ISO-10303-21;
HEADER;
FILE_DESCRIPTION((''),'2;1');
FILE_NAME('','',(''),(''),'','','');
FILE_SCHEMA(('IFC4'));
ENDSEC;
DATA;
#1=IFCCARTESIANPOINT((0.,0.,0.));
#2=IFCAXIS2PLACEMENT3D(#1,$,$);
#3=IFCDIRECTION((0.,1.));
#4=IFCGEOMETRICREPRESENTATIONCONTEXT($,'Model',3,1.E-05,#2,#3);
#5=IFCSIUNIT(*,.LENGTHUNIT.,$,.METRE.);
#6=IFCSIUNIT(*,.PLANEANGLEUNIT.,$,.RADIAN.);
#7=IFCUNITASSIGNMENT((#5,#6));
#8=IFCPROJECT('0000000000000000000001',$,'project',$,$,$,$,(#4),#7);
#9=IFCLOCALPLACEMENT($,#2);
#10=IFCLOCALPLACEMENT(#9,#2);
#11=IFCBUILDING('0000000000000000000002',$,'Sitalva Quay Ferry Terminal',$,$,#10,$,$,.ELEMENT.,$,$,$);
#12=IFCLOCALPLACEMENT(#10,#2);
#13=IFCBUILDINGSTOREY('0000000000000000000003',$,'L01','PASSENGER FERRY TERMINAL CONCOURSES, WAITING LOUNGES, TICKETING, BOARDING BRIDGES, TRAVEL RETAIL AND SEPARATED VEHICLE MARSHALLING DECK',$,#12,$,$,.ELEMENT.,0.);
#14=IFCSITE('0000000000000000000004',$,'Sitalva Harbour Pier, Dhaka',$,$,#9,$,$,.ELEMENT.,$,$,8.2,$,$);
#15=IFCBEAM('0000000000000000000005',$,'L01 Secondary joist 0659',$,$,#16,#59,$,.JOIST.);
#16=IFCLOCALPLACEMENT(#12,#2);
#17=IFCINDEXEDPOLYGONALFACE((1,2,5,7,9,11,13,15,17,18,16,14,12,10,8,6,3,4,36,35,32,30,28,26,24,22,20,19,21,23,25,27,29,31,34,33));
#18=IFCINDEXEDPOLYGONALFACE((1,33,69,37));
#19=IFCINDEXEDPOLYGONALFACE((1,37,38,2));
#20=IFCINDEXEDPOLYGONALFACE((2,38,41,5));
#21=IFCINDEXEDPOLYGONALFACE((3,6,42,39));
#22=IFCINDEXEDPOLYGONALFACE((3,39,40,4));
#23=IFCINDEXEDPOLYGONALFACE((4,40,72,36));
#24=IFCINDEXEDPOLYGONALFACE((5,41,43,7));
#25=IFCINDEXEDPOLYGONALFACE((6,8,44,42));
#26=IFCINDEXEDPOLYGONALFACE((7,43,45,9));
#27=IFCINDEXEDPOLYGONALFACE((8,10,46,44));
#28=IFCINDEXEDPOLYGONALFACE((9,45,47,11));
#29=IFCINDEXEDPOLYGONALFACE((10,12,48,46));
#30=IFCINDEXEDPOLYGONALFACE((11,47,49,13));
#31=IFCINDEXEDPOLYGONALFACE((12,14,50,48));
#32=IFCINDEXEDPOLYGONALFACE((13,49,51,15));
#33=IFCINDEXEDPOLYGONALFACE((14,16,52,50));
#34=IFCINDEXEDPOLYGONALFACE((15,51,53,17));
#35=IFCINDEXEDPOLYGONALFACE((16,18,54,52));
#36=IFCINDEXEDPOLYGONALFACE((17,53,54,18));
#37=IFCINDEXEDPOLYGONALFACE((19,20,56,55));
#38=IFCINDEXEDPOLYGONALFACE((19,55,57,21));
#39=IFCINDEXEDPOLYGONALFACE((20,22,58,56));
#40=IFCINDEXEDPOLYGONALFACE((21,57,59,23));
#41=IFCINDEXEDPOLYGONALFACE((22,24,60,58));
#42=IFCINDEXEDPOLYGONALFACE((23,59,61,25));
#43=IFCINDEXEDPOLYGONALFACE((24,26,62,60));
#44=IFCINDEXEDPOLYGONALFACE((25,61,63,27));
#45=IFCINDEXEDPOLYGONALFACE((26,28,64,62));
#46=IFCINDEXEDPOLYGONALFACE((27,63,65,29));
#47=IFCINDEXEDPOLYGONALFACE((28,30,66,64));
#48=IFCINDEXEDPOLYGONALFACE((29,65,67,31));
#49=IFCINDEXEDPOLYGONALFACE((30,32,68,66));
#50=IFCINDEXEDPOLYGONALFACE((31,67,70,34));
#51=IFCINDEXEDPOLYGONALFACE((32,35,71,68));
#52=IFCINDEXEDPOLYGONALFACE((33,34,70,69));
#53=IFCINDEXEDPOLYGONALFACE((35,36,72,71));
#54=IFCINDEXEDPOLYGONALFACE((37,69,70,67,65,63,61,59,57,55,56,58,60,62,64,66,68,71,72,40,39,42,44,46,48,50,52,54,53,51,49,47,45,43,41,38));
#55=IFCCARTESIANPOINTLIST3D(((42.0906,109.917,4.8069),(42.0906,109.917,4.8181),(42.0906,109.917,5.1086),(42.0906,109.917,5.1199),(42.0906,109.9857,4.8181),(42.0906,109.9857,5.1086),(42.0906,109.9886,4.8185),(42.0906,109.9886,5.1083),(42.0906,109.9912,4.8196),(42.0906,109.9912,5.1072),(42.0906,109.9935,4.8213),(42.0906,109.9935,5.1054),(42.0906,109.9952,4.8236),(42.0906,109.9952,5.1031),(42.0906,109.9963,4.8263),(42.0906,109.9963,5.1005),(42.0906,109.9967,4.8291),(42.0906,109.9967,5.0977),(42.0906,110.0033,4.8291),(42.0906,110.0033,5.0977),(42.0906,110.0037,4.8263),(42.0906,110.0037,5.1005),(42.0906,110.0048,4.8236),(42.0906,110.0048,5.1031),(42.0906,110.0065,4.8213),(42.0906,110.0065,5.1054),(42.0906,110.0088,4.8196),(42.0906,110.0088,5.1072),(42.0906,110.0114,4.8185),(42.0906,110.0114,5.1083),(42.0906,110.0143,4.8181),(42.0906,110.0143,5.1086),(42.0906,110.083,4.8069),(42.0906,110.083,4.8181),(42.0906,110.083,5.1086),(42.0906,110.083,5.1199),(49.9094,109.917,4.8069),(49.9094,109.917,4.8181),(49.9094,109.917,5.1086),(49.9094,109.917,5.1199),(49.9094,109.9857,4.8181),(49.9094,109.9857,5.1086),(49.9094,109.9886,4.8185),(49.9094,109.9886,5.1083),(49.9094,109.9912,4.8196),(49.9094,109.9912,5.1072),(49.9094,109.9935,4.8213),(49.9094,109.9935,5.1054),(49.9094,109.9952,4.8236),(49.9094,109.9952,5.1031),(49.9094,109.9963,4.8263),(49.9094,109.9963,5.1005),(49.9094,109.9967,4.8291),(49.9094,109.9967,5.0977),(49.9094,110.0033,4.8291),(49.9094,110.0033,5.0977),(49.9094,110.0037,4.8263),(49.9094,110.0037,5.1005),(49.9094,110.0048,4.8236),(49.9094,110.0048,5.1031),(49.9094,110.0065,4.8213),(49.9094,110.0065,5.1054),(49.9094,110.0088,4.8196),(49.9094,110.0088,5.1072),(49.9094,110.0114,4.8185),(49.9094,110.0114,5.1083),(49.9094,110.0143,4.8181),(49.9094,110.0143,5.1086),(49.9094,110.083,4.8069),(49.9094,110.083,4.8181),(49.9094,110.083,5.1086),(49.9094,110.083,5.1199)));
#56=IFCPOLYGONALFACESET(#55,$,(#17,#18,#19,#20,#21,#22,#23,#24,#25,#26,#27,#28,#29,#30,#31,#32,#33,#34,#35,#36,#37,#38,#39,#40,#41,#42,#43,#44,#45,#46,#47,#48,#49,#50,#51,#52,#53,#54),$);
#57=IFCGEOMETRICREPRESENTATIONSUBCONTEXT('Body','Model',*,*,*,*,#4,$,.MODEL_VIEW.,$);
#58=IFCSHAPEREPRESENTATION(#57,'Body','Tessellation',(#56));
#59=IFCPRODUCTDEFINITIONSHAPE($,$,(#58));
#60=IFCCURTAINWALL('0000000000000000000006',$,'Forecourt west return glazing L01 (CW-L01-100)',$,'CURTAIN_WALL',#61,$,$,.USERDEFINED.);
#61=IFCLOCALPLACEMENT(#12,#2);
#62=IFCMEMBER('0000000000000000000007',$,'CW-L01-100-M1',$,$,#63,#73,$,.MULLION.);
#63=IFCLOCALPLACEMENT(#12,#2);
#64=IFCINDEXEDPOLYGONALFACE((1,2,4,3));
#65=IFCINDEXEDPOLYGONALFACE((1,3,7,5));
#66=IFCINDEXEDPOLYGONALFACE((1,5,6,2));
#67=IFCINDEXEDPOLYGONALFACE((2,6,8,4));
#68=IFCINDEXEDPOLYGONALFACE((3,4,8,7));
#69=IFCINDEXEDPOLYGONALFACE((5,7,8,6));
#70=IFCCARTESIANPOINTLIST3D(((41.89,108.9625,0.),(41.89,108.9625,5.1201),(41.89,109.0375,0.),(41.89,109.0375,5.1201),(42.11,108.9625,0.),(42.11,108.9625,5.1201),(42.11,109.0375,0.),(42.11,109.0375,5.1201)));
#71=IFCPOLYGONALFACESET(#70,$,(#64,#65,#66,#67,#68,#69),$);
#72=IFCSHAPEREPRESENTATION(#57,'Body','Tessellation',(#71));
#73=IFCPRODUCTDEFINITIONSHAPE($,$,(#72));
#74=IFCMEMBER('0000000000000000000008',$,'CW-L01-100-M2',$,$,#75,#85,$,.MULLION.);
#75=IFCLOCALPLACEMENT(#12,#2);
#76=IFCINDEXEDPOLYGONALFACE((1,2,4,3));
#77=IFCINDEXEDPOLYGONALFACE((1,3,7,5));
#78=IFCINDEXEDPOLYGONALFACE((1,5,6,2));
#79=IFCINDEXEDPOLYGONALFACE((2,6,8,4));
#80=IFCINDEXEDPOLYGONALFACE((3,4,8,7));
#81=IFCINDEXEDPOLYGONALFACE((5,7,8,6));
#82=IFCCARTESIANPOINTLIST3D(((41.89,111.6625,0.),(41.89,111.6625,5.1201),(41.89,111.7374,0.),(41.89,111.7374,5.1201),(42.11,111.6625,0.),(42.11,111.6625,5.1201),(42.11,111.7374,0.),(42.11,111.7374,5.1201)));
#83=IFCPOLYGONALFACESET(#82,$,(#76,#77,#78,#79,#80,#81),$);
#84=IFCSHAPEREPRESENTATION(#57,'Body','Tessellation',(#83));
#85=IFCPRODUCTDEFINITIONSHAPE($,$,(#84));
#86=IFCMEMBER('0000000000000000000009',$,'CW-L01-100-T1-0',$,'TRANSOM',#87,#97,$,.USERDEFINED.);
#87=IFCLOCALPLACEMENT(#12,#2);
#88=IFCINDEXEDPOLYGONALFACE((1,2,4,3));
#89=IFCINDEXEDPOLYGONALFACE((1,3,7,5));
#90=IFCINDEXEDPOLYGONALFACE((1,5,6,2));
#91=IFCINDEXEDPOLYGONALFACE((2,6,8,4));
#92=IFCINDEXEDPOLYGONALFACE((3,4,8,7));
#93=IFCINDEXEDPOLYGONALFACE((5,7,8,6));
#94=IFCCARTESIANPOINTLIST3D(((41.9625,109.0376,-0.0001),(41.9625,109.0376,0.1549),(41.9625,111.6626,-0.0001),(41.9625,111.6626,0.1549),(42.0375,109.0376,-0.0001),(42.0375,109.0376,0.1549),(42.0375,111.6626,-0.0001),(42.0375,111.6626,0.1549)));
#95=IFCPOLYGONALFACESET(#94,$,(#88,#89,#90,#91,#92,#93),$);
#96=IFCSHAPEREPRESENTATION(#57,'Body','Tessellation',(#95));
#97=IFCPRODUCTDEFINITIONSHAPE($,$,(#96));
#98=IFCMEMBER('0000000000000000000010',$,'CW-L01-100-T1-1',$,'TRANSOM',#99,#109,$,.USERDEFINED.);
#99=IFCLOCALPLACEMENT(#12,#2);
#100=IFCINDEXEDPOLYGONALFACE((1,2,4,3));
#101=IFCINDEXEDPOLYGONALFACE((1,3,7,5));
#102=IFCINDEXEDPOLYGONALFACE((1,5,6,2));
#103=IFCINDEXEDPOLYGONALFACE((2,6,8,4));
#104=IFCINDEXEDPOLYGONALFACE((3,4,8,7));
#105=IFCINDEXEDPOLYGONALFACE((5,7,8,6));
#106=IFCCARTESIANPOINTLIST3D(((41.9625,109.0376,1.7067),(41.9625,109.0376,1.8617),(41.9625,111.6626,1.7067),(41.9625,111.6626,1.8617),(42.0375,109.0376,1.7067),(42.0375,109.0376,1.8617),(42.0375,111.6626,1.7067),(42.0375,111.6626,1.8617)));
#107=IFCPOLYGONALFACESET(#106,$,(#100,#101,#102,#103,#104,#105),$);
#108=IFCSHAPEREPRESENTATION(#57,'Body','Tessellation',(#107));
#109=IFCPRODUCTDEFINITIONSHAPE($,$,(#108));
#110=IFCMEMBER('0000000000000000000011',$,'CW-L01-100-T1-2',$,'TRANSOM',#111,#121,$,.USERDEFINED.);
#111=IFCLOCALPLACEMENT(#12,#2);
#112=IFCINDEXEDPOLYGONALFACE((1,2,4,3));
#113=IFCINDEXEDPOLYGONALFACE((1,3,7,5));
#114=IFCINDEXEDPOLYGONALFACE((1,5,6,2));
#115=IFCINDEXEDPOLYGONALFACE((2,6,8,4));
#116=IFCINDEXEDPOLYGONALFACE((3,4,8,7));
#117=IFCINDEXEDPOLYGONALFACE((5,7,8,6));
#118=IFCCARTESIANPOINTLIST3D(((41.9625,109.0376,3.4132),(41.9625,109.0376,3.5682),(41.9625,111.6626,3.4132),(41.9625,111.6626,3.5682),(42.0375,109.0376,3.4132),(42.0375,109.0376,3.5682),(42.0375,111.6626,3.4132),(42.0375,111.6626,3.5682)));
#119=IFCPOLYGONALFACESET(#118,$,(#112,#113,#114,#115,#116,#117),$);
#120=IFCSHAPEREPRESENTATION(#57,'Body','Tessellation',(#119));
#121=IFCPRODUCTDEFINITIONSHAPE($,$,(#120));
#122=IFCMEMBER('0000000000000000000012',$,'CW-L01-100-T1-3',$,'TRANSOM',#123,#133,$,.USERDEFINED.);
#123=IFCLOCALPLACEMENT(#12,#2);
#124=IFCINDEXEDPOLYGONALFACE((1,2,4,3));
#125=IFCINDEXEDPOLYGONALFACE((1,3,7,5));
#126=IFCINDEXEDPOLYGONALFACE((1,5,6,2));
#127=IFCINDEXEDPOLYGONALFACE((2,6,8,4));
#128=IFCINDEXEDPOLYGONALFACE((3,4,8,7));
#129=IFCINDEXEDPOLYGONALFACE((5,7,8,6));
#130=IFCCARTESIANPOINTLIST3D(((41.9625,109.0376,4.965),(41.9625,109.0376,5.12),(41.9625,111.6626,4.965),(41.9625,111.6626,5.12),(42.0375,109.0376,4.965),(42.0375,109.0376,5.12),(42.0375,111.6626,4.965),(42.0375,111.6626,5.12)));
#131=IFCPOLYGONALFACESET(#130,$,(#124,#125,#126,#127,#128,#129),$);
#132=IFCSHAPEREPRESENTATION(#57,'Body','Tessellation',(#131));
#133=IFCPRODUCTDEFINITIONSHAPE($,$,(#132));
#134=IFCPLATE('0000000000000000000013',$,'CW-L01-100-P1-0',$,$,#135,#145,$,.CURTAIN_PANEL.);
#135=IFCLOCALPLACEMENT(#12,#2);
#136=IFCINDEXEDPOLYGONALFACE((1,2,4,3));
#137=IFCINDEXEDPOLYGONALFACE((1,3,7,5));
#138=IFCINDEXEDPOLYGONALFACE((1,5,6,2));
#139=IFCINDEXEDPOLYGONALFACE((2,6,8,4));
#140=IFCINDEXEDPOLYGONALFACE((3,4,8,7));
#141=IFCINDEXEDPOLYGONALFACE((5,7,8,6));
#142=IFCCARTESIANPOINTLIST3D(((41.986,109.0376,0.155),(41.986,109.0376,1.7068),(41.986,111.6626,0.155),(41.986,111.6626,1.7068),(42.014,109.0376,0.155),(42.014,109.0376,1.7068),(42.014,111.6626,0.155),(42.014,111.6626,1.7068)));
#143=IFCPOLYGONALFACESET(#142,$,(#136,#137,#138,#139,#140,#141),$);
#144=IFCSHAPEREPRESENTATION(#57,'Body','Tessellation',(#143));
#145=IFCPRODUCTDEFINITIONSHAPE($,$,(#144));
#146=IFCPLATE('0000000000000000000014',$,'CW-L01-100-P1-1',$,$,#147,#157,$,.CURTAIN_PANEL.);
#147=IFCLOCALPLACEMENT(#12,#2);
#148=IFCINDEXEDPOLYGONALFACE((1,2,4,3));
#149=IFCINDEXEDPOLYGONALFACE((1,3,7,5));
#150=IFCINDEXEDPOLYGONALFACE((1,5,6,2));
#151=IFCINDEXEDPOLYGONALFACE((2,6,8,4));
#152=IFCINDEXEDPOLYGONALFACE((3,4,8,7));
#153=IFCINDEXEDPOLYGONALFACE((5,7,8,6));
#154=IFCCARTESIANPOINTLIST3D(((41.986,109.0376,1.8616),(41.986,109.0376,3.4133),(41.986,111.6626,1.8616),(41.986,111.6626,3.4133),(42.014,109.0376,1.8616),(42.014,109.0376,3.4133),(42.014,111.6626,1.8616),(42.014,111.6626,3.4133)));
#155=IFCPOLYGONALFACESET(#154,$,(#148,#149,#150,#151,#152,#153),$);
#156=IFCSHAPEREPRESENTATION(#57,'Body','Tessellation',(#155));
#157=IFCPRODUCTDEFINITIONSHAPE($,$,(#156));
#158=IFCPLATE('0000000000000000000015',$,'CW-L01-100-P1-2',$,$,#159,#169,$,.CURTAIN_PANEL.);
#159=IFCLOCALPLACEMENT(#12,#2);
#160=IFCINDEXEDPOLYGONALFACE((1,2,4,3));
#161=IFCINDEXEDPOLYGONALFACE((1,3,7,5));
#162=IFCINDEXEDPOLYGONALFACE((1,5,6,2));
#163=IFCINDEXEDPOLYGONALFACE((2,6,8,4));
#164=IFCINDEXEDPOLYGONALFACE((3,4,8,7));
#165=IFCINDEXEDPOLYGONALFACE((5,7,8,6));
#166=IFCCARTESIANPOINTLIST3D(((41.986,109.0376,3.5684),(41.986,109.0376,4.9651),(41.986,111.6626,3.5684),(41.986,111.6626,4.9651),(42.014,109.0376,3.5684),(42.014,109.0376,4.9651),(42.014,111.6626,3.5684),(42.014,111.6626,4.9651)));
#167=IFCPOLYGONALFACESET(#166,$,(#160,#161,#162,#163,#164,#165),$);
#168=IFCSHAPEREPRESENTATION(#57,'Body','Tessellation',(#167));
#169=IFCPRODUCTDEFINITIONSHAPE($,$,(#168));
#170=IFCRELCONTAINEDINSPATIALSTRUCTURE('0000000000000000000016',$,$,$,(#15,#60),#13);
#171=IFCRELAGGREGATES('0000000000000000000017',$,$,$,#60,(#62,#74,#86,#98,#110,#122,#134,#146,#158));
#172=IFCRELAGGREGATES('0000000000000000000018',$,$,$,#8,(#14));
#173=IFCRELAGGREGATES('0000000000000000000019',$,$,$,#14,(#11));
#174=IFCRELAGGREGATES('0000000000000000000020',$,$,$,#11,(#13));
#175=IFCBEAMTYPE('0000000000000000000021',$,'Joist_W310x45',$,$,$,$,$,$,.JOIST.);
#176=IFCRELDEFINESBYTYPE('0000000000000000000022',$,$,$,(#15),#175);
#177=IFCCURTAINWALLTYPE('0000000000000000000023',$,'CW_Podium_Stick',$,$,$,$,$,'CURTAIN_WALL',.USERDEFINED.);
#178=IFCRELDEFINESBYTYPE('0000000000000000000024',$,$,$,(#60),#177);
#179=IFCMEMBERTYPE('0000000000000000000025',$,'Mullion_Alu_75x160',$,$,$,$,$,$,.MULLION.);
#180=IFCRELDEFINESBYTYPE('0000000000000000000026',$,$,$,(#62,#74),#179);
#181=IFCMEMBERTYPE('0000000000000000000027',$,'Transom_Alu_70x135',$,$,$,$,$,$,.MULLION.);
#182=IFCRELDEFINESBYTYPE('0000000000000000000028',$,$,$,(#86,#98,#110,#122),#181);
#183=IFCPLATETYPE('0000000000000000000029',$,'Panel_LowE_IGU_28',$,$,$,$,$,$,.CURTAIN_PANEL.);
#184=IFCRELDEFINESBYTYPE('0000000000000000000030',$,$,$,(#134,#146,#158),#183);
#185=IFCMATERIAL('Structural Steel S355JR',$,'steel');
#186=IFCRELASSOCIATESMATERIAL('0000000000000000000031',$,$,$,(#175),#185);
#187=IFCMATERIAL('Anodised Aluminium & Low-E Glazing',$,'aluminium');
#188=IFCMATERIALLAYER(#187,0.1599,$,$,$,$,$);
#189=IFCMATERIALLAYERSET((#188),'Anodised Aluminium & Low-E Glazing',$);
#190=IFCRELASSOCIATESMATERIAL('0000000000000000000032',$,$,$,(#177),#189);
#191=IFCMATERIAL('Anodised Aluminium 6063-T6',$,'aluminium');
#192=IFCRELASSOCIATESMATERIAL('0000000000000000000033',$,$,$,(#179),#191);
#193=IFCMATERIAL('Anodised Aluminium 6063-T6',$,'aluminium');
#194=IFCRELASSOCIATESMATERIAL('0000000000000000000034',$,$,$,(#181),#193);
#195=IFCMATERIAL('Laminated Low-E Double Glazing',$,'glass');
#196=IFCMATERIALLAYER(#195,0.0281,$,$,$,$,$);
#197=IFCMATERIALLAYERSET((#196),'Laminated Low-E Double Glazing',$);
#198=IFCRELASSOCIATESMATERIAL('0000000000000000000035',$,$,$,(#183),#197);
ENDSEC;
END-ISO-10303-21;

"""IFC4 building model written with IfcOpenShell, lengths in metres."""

from ifc_helpers import new_model, si_unit, direction, frame, origin, origin_2d, place, context, subcontext, project, spatial, rectangle, i_section, extrude, material, layer, layer_set, material_profile, profile_set, type_object, element, aggregate, save


model = new_model("IFC4")

# Units and contexts
model_context = context("Model", 3, precision=1e-05, world=origin(), true_north=direction((0.0, 1.0)))
body_context = subcontext(model_context, "Body", "Model", "MODEL_VIEW")
ifc_project = project(units=[si_unit("LENGTHUNIT", "METRE"), si_unit("PLANEANGLEUNIT", "RADIAN")], contexts=[model_context])

# Site, building, storey
site_placement = place(None, origin())
site = spatial("IfcSite", under=ifc_project, at=site_placement, Name="Sitalva Harbour Pier, Dhaka", CompositionType="ELEMENT", RefElevation=8.2)
building_placement = place(site_placement, origin())
building = spatial("IfcBuilding", under=site, at=building_placement, Name="Sitalva Quay Ferry Terminal", CompositionType="ELEMENT")
storey_placement = place(building_placement, origin())
storey = spatial("IfcBuildingStorey", under=building, at=storey_placement, Name="L01", Description="PASSENGER FERRY TERMINAL CONCOURSES, WAITING LOUNGES, TICKETING, BOARDING BRIDGES, TRAVEL RETAIL AND SEPARATED VEHICLE MARSHALLING DECK", CompositionType="ELEMENT", Elevation=0.0)

# Beam
ifc_material_1 = material(Name="Structural Steel S355JR", Category="steel")
ifc_material_profile_1 = material_profile(ifc_material_1, i_section(OverallWidth=0.166, OverallDepth=0.313, WebThickness=0.0066, FlangeThickness=0.0112, FilletRadius=0.011, at=origin_2d()), Name="W310x45")
ifc_profile_set_1 = profile_set([ifc_material_profile_1], Name="Structural Steel S355JR")
beam_type_1 = type_object("IfcBeamType", Name="Joist_W310x45", PredefinedType="JOIST", material=ifc_profile_set_1)
for number, where, z_axis, x_axis, name in (
    (1, (42.0906, 110.0, 4.9634), (1.0, 0.0, 0.0), (0.0, 1.0, 0.0), "L01 Secondary joist 0659"),
):
    element("IfcBeam", number, at=place(storey_placement, frame(where, z_axis=z_axis, x_axis=x_axis)), inside=storey, type_object=beam_type_1, Name=name, PredefinedType="JOIST", context=body_context, shape_type="SweptSolid", body=[
        extrude(i_section(OverallWidth=0.166, OverallDepth=0.313, WebThickness=0.0066, FlangeThickness=0.0112, FilletRadius=0.011, at=origin_2d()), origin(), (0.0, 0.0, 1.0), 7.8188),
    ])

# Curtain wall, members, plates
ifc_material_2 = material(Name="Anodised Aluminium & Low-E Glazing", Category="aluminium")
ifc_layer_1 = layer(ifc_material_2, 0.1599)
ifc_layer_set_1 = layer_set([ifc_layer_1], Name="Anodised Aluminium & Low-E Glazing")
curtain_wall_type = type_object("IfcCurtainWallType", Name="CW_Podium_Stick", ElementType="CURTAIN_WALL", PredefinedType="USERDEFINED", material=ifc_layer_set_1)
curtain_wall_placement = place(storey_placement, origin())
curtain_wall = element("IfcCurtainWall", 2, at=curtain_wall_placement, inside=storey, type_object=curtain_wall_type, Name="Forecourt west return glazing L01 (CW-L01-100)", ObjectType="CURTAIN_WALL", PredefinedType="USERDEFINED")
ifc_material_3 = material(Name="Anodised Aluminium 6063-T6", Category="aluminium")
ifc_material_profile_2 = material_profile(ifc_material_3, rectangle(XDim=0.075, YDim=0.22, at=origin_2d()), Name="ALU75x220")
ifc_profile_set_2 = profile_set([ifc_material_profile_2], Name="Anodised Aluminium 6063-T6")
member_type_1 = type_object("IfcMemberType", Name="Mullion_Alu_75x160", PredefinedType="MULLION", material=ifc_profile_set_2)
member_1_placement = place(storey_placement, frame((42.0, 109.0, 0.0), z_axis=(0.0, 0.0, 1.0), x_axis=(0.0, 1.0, 0.0)))
member_1 = element("IfcMember", 3, at=member_1_placement, type_object=member_type_1, Name="CW-L01-100-M1", PredefinedType="MULLION", context=body_context, shape_type="SweptSolid", body=[
    extrude(rectangle(XDim=0.075, YDim=0.22, at=origin_2d()), origin(), (0.0, 0.0, 1.0), 5.1201),
])
member_2_placement = place(storey_placement, frame((42.0, 111.7, 0.0), z_axis=(0.0, 0.0, 1.0), x_axis=(0.0, 1.0, 0.0)))
member_2 = element("IfcMember", 4, at=member_2_placement, type_object=member_type_1, Name="CW-L01-100-M2", PredefinedType="MULLION", context=body_context, shape_type="SweptSolid", body=[
    extrude(rectangle(XDim=0.075, YDim=0.22, at=origin_2d()), origin(), (0.0, 0.0, 1.0), 5.1201),
])
ifc_material_4 = material(Name="Anodised Aluminium 6063-T6", Category="aluminium")
ifc_material_profile_3 = material_profile(ifc_material_4, rectangle(XDim=0.075, YDim=0.155, at=origin_2d()), Name="ALU75x155")
ifc_profile_set_3 = profile_set([ifc_material_profile_3], Name="Anodised Aluminium 6063-T6")
member_type_2 = type_object("IfcMemberType", Name="Transom_Alu_70x135", PredefinedType="MULLION", material=ifc_profile_set_3)
member_3_placement = place(storey_placement, frame((42.0, 109.0376, 0.0774), z_axis=(0.0, 1.0, 0.0), x_axis=(-1.0, 0.0, 0.0)))
member_3 = element("IfcMember", 5, at=member_3_placement, type_object=member_type_2, Name="CW-L01-100-T1-0", ObjectType="TRANSOM", PredefinedType="USERDEFINED", context=body_context, shape_type="SweptSolid", body=[
    extrude(rectangle(XDim=0.075, YDim=0.155, at=origin_2d()), origin(), (0.0, 0.0, 1.0), 2.625),
])
member_4_placement = place(storey_placement, frame((42.0, 109.0376, 1.7842), z_axis=(0.0, 1.0, 0.0), x_axis=(-1.0, 0.0, 0.0)))
member_4 = element("IfcMember", 6, at=member_4_placement, type_object=member_type_2, Name="CW-L01-100-T1-1", ObjectType="TRANSOM", PredefinedType="USERDEFINED", context=body_context, shape_type="SweptSolid", body=[
    extrude(rectangle(XDim=0.075, YDim=0.155, at=origin_2d()), origin(), (0.0, 0.0, 1.0), 2.625),
])
member_5_placement = place(storey_placement, frame((42.0, 109.0376, 3.4907), z_axis=(0.0, 1.0, 0.0), x_axis=(-1.0, 0.0, 0.0)))
member_5 = element("IfcMember", 7, at=member_5_placement, type_object=member_type_2, Name="CW-L01-100-T1-2", ObjectType="TRANSOM", PredefinedType="USERDEFINED", context=body_context, shape_type="SweptSolid", body=[
    extrude(rectangle(XDim=0.075, YDim=0.155, at=origin_2d()), origin(), (0.0, 0.0, 1.0), 2.625),
])
member_6_placement = place(storey_placement, frame((42.0, 109.0376, 5.0425), z_axis=(0.0, 1.0, 0.0), x_axis=(-1.0, 0.0, 0.0)))
member_6 = element("IfcMember", 8, at=member_6_placement, type_object=member_type_2, Name="CW-L01-100-T1-3", ObjectType="TRANSOM", PredefinedType="USERDEFINED", context=body_context, shape_type="SweptSolid", body=[
    extrude(rectangle(XDim=0.075, YDim=0.155, at=origin_2d()), origin(), (0.0, 0.0, 1.0), 2.625),
])
ifc_material_5 = material(Name="Laminated Low-E Double Glazing", Category="glass")
ifc_layer_2 = layer(ifc_material_5, 0.0281)
ifc_layer_set_2 = layer_set([ifc_layer_2], Name="Laminated Low-E Double Glazing")
plate_type = type_object("IfcPlateType", Name="Panel_LowE_IGU_28", PredefinedType="CURTAIN_PANEL", material=ifc_layer_set_2)
plate_1_placement = place(storey_placement, frame((42.0, 110.3501, 0.155), z_axis=(0.0, 0.0, 1.0), x_axis=(0.0, 1.0, 0.0)))
plate_1 = element("IfcPlate", 9, at=plate_1_placement, type_object=plate_type, Name="CW-L01-100-P1-0", PredefinedType="CURTAIN_PANEL", context=body_context, shape_type="SweptSolid", body=[
    extrude(rectangle(XDim=2.625, YDim=0.0281, at=origin_2d()), origin(), (0.0, 0.0, 1.0), 1.5518),
])
plate_2_placement = place(storey_placement, frame((42.0, 110.3501, 1.8616), z_axis=(0.0, 0.0, 1.0), x_axis=(0.0, 1.0, 0.0)))
plate_2 = element("IfcPlate", 10, at=plate_2_placement, type_object=plate_type, Name="CW-L01-100-P1-1", PredefinedType="CURTAIN_PANEL", context=body_context, shape_type="SweptSolid", body=[
    extrude(rectangle(XDim=2.625, YDim=0.0281, at=origin_2d()), origin(), (0.0, 0.0, 1.0), 1.5518),
])
plate_3_placement = place(storey_placement, frame((42.0, 110.3501, 3.5684), z_axis=(0.0, 0.0, 1.0), x_axis=(0.0, 1.0, 0.0)))
plate_3 = element("IfcPlate", 11, at=plate_3_placement, type_object=plate_type, Name="CW-L01-100-P1-2", PredefinedType="CURTAIN_PANEL", context=body_context, shape_type="SweptSolid", body=[
    extrude(rectangle(XDim=2.625, YDim=0.0281, at=origin_2d()), origin(), (0.0, 0.0, 1.0), 1.3967),
])
aggregate(curtain_wall, [member_1, member_2, member_3, member_4, member_5, member_6, plate_1, plate_2, plate_3])

save(model, "model.ifc")
